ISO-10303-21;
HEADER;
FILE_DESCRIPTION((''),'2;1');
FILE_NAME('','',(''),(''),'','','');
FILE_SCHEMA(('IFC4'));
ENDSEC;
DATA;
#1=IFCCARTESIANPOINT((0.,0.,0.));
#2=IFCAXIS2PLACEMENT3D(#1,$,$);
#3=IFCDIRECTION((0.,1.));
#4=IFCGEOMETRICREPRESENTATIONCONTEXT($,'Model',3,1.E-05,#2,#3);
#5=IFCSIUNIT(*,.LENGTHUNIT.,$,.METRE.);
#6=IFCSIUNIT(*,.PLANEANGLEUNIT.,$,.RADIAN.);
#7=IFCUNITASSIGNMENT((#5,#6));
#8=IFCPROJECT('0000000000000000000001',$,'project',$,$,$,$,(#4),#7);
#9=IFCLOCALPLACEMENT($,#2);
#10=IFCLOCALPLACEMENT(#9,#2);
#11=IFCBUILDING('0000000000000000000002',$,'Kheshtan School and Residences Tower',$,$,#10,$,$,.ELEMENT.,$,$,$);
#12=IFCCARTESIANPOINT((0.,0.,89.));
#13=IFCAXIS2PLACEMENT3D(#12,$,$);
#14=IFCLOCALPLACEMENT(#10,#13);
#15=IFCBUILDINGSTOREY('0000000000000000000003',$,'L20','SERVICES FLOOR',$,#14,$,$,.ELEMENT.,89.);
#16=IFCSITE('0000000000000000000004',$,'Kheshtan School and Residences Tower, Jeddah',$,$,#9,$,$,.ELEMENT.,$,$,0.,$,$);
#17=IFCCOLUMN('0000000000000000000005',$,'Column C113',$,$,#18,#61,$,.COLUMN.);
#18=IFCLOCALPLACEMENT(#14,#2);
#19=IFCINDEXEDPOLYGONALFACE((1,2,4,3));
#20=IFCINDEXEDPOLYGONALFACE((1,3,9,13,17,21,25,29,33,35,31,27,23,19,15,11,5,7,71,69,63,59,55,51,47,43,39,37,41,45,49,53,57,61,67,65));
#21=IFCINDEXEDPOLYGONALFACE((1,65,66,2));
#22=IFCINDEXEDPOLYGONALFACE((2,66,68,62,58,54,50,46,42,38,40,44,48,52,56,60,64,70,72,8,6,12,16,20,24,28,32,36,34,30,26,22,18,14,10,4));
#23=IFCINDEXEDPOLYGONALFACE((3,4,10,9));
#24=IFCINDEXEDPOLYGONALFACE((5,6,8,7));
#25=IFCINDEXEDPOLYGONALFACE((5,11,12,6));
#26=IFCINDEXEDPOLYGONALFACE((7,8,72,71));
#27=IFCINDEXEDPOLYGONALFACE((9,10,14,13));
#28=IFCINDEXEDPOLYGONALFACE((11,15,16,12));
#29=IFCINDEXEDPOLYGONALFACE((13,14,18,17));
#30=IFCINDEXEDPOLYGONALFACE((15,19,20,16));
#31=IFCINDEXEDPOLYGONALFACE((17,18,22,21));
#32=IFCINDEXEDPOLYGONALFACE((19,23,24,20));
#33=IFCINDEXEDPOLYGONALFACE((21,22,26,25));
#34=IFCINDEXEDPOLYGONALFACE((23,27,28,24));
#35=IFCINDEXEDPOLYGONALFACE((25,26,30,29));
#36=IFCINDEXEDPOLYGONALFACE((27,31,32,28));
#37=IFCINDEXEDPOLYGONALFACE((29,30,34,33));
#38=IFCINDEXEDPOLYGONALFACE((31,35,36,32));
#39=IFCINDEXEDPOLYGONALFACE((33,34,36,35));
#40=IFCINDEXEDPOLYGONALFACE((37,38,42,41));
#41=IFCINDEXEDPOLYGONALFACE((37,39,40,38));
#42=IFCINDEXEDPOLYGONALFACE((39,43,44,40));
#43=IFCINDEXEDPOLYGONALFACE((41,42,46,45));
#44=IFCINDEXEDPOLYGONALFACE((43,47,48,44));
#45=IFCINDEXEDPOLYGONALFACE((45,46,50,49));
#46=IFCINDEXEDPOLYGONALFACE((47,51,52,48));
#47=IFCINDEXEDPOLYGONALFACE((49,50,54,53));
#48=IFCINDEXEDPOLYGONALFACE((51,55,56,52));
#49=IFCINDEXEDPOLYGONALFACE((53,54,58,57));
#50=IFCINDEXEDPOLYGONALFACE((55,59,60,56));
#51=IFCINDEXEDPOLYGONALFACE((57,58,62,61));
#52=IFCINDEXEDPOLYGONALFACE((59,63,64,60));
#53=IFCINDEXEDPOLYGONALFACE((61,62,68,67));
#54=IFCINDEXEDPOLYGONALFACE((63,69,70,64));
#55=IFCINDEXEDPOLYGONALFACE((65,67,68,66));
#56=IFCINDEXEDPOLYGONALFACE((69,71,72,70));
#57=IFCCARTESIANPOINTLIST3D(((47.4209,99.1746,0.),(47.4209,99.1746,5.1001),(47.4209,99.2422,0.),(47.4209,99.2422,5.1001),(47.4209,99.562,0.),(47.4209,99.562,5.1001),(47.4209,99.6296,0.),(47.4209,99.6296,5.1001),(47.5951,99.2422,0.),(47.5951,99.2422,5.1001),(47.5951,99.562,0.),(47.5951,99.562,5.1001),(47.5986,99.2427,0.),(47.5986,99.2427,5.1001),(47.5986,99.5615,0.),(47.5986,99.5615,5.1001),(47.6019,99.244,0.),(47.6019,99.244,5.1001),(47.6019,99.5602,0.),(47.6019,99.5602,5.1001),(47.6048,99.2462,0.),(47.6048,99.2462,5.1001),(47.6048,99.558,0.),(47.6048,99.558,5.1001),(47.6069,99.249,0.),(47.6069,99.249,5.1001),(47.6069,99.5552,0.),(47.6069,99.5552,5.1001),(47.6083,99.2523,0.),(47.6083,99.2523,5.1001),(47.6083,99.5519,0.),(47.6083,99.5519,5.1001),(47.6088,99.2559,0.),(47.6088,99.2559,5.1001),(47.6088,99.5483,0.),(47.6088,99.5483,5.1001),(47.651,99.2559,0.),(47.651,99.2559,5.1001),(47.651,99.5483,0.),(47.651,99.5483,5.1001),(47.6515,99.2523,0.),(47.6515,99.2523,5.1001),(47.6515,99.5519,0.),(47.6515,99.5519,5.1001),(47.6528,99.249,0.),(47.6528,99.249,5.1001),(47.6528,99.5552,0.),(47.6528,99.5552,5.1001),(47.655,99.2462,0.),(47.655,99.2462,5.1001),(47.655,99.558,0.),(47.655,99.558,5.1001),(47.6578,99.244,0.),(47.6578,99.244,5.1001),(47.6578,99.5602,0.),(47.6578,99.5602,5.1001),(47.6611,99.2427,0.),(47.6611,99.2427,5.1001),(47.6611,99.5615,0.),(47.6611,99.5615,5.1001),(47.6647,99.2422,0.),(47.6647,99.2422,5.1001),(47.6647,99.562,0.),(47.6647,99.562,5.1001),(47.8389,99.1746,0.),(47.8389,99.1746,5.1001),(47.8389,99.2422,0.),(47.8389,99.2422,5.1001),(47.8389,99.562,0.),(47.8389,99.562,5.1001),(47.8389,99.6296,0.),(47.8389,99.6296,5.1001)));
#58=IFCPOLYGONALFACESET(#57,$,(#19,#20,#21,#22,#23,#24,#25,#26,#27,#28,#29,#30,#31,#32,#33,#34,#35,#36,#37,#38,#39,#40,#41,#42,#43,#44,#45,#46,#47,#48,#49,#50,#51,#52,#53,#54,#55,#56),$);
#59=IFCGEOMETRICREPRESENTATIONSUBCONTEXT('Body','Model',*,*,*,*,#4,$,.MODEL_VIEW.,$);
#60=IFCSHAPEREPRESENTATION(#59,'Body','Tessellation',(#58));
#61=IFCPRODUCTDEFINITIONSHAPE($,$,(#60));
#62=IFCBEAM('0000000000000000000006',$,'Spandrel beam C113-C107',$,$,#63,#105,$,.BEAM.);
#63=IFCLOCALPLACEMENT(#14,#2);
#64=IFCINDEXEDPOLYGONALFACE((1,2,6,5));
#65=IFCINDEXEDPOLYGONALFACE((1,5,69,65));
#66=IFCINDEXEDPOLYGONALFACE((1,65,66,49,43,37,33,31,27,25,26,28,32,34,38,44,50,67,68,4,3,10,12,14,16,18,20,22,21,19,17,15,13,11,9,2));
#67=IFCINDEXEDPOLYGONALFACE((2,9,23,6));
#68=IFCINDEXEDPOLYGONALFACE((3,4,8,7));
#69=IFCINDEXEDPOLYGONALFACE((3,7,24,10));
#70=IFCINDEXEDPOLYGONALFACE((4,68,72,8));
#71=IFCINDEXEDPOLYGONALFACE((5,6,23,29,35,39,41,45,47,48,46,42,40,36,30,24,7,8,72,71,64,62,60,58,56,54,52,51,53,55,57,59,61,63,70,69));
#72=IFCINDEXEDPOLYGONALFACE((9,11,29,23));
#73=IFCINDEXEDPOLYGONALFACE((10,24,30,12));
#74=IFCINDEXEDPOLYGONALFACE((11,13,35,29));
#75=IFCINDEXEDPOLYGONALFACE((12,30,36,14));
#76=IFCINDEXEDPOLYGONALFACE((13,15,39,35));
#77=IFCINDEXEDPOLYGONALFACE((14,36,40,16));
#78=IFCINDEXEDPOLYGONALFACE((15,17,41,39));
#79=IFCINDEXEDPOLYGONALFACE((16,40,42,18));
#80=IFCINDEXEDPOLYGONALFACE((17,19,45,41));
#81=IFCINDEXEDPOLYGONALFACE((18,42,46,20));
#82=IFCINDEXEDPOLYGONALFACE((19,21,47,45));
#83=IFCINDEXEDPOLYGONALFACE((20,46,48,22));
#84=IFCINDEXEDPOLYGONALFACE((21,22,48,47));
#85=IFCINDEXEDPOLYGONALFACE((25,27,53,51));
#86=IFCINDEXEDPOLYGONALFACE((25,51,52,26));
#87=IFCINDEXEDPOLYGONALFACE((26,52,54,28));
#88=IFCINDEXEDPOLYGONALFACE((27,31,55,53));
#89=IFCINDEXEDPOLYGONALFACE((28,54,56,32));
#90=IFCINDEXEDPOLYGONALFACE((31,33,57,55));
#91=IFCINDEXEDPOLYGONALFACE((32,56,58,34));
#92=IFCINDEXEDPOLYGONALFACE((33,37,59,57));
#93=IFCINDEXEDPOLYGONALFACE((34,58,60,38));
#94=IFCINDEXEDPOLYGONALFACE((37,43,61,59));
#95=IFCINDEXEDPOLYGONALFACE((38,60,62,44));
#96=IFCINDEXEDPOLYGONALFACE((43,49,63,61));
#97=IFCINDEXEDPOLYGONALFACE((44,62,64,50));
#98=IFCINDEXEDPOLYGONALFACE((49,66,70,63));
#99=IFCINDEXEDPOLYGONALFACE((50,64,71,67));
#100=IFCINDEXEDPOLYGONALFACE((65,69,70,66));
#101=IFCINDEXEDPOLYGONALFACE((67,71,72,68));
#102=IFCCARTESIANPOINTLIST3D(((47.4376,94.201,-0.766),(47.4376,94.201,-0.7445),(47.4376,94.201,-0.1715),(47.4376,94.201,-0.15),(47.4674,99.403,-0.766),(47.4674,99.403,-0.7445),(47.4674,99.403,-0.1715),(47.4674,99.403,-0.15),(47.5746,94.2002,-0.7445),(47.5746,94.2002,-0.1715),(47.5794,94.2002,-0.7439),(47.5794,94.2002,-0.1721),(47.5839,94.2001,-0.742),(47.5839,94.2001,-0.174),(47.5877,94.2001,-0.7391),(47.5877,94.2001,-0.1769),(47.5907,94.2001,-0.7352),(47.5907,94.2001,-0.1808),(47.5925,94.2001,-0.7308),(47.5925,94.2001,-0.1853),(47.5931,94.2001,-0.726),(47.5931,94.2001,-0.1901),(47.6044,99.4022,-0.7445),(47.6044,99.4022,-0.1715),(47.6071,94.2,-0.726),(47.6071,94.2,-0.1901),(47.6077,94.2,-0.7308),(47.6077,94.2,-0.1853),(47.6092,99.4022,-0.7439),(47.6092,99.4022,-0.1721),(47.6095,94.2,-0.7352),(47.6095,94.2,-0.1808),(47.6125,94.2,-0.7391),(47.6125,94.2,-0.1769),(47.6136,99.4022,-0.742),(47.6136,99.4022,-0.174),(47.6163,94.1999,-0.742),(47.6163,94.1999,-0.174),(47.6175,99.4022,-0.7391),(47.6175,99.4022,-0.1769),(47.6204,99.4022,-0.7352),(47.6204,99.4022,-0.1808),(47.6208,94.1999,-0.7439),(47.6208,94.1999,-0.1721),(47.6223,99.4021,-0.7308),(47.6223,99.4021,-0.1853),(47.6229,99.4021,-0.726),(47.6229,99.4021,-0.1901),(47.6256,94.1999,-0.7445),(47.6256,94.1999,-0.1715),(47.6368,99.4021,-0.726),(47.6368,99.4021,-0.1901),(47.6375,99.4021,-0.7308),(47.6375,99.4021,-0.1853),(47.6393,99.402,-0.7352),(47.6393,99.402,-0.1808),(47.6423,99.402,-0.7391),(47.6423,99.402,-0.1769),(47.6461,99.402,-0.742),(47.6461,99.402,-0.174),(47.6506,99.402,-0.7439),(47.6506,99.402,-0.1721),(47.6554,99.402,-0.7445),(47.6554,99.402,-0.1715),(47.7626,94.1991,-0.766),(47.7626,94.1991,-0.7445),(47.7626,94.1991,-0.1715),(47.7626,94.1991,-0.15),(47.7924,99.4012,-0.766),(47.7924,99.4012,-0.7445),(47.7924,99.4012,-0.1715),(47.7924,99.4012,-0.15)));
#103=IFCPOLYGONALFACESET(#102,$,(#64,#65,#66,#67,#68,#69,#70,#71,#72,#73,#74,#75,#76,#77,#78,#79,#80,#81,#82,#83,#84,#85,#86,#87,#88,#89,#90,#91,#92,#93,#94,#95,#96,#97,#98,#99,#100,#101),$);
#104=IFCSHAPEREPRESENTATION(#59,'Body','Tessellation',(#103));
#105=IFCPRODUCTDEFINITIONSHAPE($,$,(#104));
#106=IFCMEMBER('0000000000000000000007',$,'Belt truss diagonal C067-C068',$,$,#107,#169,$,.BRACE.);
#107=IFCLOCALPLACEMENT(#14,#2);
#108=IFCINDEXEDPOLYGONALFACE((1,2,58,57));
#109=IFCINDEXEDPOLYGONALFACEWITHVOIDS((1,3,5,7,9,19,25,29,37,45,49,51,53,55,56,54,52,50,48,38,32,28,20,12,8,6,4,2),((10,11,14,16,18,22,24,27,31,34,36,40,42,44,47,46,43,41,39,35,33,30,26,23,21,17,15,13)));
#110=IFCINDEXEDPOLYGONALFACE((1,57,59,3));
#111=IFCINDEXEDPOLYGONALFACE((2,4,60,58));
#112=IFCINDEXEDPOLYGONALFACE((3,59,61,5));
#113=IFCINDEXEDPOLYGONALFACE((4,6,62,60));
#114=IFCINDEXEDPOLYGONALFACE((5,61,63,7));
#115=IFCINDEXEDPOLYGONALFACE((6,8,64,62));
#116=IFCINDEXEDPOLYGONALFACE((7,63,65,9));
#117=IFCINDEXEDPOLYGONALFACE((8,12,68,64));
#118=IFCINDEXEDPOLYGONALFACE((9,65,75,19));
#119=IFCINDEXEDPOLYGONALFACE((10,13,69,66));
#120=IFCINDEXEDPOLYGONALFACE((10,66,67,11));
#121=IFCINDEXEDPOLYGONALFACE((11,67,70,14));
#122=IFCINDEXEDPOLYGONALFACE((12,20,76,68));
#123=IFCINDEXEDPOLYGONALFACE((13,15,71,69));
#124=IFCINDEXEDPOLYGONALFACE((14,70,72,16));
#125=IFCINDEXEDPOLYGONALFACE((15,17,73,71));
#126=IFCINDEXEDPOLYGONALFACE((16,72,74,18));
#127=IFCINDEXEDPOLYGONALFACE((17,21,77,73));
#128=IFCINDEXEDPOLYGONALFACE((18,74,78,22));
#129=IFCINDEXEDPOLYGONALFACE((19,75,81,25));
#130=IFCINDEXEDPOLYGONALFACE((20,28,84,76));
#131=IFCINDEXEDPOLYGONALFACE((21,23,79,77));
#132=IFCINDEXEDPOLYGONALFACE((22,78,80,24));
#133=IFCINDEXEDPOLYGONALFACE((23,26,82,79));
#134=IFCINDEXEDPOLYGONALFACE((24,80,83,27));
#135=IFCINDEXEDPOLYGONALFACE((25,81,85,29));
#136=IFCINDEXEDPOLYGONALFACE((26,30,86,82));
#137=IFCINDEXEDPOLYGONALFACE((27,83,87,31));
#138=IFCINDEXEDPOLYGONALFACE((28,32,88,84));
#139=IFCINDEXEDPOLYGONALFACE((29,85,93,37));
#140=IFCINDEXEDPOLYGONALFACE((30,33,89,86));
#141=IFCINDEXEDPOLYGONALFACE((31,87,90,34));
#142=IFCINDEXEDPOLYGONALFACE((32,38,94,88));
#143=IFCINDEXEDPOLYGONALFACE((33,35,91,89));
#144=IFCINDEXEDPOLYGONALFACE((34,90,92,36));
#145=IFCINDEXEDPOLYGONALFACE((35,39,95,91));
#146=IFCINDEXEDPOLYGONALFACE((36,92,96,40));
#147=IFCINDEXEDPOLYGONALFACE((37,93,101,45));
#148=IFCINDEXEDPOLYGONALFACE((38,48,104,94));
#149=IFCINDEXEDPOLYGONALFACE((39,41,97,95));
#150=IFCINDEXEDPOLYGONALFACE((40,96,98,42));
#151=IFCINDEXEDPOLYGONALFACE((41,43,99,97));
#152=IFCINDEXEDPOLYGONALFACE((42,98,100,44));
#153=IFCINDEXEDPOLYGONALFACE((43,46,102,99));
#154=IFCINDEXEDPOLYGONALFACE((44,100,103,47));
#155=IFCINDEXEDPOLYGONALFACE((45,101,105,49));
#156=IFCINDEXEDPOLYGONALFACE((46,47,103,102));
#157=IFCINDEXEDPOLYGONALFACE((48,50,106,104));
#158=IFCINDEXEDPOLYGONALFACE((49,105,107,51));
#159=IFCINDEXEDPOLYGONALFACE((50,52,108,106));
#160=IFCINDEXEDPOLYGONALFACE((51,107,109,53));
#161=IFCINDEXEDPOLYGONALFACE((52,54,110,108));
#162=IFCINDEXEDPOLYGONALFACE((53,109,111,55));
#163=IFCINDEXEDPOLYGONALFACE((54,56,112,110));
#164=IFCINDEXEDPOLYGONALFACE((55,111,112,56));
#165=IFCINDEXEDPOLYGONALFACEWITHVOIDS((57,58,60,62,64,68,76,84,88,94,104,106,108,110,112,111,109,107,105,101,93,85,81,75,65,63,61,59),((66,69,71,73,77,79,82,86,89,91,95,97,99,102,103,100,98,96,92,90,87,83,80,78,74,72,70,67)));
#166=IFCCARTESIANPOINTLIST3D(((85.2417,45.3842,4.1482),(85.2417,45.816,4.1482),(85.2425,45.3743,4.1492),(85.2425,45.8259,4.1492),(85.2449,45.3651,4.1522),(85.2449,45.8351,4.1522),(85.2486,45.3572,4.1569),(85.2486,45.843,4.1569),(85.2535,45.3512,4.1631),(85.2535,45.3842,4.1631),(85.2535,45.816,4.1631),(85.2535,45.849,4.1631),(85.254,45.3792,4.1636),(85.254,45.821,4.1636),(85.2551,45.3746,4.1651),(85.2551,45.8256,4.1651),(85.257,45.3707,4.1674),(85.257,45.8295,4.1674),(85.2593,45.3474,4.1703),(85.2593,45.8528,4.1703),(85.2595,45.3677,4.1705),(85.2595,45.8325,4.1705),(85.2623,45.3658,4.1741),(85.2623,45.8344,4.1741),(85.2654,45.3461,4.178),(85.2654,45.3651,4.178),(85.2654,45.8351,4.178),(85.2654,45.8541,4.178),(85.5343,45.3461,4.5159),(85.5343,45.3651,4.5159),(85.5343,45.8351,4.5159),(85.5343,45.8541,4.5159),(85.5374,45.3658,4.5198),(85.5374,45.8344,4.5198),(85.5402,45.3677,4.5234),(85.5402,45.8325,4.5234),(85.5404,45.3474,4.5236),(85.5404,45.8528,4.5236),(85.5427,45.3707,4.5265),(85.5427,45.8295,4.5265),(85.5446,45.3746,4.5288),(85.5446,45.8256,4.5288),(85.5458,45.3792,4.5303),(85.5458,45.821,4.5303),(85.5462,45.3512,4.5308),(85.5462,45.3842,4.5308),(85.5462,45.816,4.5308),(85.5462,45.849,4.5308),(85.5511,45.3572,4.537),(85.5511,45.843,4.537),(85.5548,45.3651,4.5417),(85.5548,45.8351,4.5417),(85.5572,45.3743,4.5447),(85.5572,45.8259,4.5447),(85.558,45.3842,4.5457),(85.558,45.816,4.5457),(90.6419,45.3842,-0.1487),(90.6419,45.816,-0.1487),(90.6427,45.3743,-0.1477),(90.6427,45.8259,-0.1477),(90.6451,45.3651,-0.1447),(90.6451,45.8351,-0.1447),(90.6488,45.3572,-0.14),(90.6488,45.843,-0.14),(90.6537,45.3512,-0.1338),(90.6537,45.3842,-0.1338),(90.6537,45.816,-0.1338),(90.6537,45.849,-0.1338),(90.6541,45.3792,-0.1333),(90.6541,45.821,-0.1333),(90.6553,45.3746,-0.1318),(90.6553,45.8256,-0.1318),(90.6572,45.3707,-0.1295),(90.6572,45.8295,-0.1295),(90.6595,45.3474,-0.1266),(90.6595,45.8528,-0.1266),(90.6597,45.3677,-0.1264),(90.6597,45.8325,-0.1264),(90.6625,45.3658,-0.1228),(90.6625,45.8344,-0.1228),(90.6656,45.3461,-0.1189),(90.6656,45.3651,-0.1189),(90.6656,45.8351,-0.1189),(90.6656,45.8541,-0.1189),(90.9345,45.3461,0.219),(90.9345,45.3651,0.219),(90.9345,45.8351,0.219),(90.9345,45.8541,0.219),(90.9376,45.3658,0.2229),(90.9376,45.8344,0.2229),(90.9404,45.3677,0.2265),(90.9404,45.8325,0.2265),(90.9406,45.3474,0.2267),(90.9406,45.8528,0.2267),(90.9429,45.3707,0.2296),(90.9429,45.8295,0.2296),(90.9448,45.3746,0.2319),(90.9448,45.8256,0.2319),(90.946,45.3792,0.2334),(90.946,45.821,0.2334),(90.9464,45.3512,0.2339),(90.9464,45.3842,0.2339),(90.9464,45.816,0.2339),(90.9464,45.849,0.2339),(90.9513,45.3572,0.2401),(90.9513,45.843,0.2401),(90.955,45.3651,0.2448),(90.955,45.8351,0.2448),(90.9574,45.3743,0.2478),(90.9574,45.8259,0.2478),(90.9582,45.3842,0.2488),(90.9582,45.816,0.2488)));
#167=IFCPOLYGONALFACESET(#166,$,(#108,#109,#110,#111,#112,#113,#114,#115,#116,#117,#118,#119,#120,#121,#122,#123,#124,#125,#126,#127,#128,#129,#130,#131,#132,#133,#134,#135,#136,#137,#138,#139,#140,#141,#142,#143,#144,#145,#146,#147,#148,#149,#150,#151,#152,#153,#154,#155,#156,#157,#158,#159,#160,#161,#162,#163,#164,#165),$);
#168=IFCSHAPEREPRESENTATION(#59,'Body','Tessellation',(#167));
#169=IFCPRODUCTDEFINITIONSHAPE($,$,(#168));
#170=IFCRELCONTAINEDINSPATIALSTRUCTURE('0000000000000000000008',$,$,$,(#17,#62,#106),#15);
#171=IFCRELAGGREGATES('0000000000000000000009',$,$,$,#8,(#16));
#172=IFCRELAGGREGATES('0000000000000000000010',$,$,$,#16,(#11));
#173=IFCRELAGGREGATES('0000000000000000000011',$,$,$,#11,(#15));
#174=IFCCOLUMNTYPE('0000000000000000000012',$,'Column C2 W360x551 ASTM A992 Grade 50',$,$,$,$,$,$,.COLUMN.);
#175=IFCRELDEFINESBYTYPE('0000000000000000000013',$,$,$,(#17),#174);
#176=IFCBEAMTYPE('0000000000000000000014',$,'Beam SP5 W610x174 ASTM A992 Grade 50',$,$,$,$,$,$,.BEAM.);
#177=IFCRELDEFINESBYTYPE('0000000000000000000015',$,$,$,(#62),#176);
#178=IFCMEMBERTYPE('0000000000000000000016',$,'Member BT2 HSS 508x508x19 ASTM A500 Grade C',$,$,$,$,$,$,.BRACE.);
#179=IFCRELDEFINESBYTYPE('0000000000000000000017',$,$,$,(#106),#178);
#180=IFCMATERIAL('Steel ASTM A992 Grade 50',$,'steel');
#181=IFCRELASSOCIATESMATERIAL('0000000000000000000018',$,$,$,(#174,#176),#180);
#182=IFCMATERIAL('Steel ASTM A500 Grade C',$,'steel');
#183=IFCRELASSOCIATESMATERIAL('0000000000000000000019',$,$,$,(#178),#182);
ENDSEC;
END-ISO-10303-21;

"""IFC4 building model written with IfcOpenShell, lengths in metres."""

from ifc_helpers import new_model, si_unit, direction, frame, origin, origin_2d, place, context, subcontext, project, spatial, hollow_rectangle, i_section, extrude, material, material_profile, profile_set, type_object, element, save


model = new_model("IFC4")

# Units and contexts
model_context = context("Model", 3, precision=1e-05, world=origin(), true_north=direction((0.0, 1.0)))
body_context = subcontext(model_context, "Body", "Model", "MODEL_VIEW")
ifc_project = project(units=[si_unit("LENGTHUNIT", "METRE"), si_unit("PLANEANGLEUNIT", "RADIAN")], contexts=[model_context])

# Site, building, storey
site_placement = place(None, origin())
site = spatial("IfcSite", under=ifc_project, at=site_placement, Name="Kheshtan School and Residences Tower, Jeddah", CompositionType="ELEMENT", RefElevation=0.0)
building_placement = place(site_placement, origin())
building = spatial("IfcBuilding", under=site, at=building_placement, Name="Kheshtan School and Residences Tower", CompositionType="ELEMENT")
storey_placement = place(building_placement, frame((0.0, 0.0, 89.0)))
storey = spatial("IfcBuildingStorey", under=building, at=storey_placement, Name="L20", Description="SERVICES FLOOR", CompositionType="ELEMENT", Elevation=89.0)

# Column
ifc_material_1 = material(Name="Steel ASTM A992 Grade 50", Category="steel")
ifc_material_profile_1 = material_profile(ifc_material_1, i_section(OverallWidth=0.418, OverallDepth=0.4551, WebThickness=0.0422, FlangeThickness=0.0676, FilletRadius=0.0137, at=origin_2d()), Name="W360x551")
ifc_profile_set_1 = profile_set([ifc_material_profile_1], Name="Steel ASTM A992 Grade 50")
column_type = type_object("IfcColumnType", Name="Column C2 W360x551 ASTM A992 Grade 50", PredefinedType="COLUMN", material=ifc_profile_set_1)
column_placement = place(storey_placement, frame((47.6299, 99.4021, 0.0), z_axis=(0.0, 0.0, 1.0), x_axis=(1.0, 0.0, 0.0)))
element("IfcColumn", 1, at=column_placement, inside=storey, type_object=column_type, Name="Column C113", PredefinedType="COLUMN", context=body_context, shape_type="SweptSolid", body=[
    extrude(i_section(OverallWidth=0.418, OverallDepth=0.4551, WebThickness=0.0422, FlangeThickness=0.0676, FilletRadius=0.0137, at=origin_2d()), origin(), (0.0, 0.0, 1.0), 5.1001),
])

# Beam
ifc_material_profile_2 = material_profile(ifc_material_1, i_section(OverallWidth=0.325, OverallDepth=0.616, WebThickness=0.0139, FlangeThickness=0.0215, FilletRadius=0.0186, at=origin_2d()), Name="W610x174")
ifc_profile_set_2 = profile_set([ifc_material_profile_2], Name="Steel ASTM A992 Grade 50")
beam_type_1 = type_object("IfcBeamType", Name="Beam SP5 W610x174 ASTM A992 Grade 50", PredefinedType="BEAM", material=ifc_profile_set_2)
beam_1_placement = place(storey_placement, frame((47.6299, 99.4021, -0.458), z_axis=(-0.005725, -0.999984, 0.0), x_axis=(0.999984, -0.005725, 0.0)))
element("IfcBeam", 2, at=beam_1_placement, inside=storey, type_object=beam_type_1, Name="Spandrel beam C113-C107", PredefinedType="BEAM", context=body_context, shape_type="SweptSolid", body=[
    extrude(i_section(OverallWidth=0.325, OverallDepth=0.616, WebThickness=0.0139, FlangeThickness=0.0215, FilletRadius=0.0186, at=origin_2d()), origin(), (0.0, 0.0, 1.0), 5.2021),
])

# Member
ifc_material_2 = material(Name="Steel ASTM A500 Grade C", Category="steel")
ifc_material_profile_3 = material_profile(ifc_material_2, hollow_rectangle(XDim=0.5081, YDim=0.5081, WallThickness=0.019, InnerFilletRadius=0.019, OuterFilletRadius=0.0381, at=origin_2d()), Name="HSS 508x508x19")
ifc_profile_set_3 = profile_set([ifc_material_profile_3], Name="Steel ASTM A500 Grade C")
member_type = type_object("IfcMemberType", Name="Member BT2 HSS 508x508x19 ASTM A500 Grade C", PredefinedType="BRACE", material=ifc_profile_set_3)
member_placement = place(storey_placement, frame((90.8, 45.6001, 0.05), z_axis=(-0.782509, 0.0, 0.622639), x_axis=(0.0, -1.0, 0.0)))
element("IfcMember", 3, at=member_placement, inside=storey, type_object=member_type, Name="Belt truss diagonal C067-C068", PredefinedType="BRACE", context=body_context, shape_type="SweptSolid", body=[
    extrude(hollow_rectangle(XDim=0.5081, YDim=0.5081, WallThickness=0.019, InnerFilletRadius=0.019, OuterFilletRadius=0.0381, at=origin_2d()), origin(), (0.0, 0.0, 1.0), 6.9011),
])

save(model, "model.ifc")
